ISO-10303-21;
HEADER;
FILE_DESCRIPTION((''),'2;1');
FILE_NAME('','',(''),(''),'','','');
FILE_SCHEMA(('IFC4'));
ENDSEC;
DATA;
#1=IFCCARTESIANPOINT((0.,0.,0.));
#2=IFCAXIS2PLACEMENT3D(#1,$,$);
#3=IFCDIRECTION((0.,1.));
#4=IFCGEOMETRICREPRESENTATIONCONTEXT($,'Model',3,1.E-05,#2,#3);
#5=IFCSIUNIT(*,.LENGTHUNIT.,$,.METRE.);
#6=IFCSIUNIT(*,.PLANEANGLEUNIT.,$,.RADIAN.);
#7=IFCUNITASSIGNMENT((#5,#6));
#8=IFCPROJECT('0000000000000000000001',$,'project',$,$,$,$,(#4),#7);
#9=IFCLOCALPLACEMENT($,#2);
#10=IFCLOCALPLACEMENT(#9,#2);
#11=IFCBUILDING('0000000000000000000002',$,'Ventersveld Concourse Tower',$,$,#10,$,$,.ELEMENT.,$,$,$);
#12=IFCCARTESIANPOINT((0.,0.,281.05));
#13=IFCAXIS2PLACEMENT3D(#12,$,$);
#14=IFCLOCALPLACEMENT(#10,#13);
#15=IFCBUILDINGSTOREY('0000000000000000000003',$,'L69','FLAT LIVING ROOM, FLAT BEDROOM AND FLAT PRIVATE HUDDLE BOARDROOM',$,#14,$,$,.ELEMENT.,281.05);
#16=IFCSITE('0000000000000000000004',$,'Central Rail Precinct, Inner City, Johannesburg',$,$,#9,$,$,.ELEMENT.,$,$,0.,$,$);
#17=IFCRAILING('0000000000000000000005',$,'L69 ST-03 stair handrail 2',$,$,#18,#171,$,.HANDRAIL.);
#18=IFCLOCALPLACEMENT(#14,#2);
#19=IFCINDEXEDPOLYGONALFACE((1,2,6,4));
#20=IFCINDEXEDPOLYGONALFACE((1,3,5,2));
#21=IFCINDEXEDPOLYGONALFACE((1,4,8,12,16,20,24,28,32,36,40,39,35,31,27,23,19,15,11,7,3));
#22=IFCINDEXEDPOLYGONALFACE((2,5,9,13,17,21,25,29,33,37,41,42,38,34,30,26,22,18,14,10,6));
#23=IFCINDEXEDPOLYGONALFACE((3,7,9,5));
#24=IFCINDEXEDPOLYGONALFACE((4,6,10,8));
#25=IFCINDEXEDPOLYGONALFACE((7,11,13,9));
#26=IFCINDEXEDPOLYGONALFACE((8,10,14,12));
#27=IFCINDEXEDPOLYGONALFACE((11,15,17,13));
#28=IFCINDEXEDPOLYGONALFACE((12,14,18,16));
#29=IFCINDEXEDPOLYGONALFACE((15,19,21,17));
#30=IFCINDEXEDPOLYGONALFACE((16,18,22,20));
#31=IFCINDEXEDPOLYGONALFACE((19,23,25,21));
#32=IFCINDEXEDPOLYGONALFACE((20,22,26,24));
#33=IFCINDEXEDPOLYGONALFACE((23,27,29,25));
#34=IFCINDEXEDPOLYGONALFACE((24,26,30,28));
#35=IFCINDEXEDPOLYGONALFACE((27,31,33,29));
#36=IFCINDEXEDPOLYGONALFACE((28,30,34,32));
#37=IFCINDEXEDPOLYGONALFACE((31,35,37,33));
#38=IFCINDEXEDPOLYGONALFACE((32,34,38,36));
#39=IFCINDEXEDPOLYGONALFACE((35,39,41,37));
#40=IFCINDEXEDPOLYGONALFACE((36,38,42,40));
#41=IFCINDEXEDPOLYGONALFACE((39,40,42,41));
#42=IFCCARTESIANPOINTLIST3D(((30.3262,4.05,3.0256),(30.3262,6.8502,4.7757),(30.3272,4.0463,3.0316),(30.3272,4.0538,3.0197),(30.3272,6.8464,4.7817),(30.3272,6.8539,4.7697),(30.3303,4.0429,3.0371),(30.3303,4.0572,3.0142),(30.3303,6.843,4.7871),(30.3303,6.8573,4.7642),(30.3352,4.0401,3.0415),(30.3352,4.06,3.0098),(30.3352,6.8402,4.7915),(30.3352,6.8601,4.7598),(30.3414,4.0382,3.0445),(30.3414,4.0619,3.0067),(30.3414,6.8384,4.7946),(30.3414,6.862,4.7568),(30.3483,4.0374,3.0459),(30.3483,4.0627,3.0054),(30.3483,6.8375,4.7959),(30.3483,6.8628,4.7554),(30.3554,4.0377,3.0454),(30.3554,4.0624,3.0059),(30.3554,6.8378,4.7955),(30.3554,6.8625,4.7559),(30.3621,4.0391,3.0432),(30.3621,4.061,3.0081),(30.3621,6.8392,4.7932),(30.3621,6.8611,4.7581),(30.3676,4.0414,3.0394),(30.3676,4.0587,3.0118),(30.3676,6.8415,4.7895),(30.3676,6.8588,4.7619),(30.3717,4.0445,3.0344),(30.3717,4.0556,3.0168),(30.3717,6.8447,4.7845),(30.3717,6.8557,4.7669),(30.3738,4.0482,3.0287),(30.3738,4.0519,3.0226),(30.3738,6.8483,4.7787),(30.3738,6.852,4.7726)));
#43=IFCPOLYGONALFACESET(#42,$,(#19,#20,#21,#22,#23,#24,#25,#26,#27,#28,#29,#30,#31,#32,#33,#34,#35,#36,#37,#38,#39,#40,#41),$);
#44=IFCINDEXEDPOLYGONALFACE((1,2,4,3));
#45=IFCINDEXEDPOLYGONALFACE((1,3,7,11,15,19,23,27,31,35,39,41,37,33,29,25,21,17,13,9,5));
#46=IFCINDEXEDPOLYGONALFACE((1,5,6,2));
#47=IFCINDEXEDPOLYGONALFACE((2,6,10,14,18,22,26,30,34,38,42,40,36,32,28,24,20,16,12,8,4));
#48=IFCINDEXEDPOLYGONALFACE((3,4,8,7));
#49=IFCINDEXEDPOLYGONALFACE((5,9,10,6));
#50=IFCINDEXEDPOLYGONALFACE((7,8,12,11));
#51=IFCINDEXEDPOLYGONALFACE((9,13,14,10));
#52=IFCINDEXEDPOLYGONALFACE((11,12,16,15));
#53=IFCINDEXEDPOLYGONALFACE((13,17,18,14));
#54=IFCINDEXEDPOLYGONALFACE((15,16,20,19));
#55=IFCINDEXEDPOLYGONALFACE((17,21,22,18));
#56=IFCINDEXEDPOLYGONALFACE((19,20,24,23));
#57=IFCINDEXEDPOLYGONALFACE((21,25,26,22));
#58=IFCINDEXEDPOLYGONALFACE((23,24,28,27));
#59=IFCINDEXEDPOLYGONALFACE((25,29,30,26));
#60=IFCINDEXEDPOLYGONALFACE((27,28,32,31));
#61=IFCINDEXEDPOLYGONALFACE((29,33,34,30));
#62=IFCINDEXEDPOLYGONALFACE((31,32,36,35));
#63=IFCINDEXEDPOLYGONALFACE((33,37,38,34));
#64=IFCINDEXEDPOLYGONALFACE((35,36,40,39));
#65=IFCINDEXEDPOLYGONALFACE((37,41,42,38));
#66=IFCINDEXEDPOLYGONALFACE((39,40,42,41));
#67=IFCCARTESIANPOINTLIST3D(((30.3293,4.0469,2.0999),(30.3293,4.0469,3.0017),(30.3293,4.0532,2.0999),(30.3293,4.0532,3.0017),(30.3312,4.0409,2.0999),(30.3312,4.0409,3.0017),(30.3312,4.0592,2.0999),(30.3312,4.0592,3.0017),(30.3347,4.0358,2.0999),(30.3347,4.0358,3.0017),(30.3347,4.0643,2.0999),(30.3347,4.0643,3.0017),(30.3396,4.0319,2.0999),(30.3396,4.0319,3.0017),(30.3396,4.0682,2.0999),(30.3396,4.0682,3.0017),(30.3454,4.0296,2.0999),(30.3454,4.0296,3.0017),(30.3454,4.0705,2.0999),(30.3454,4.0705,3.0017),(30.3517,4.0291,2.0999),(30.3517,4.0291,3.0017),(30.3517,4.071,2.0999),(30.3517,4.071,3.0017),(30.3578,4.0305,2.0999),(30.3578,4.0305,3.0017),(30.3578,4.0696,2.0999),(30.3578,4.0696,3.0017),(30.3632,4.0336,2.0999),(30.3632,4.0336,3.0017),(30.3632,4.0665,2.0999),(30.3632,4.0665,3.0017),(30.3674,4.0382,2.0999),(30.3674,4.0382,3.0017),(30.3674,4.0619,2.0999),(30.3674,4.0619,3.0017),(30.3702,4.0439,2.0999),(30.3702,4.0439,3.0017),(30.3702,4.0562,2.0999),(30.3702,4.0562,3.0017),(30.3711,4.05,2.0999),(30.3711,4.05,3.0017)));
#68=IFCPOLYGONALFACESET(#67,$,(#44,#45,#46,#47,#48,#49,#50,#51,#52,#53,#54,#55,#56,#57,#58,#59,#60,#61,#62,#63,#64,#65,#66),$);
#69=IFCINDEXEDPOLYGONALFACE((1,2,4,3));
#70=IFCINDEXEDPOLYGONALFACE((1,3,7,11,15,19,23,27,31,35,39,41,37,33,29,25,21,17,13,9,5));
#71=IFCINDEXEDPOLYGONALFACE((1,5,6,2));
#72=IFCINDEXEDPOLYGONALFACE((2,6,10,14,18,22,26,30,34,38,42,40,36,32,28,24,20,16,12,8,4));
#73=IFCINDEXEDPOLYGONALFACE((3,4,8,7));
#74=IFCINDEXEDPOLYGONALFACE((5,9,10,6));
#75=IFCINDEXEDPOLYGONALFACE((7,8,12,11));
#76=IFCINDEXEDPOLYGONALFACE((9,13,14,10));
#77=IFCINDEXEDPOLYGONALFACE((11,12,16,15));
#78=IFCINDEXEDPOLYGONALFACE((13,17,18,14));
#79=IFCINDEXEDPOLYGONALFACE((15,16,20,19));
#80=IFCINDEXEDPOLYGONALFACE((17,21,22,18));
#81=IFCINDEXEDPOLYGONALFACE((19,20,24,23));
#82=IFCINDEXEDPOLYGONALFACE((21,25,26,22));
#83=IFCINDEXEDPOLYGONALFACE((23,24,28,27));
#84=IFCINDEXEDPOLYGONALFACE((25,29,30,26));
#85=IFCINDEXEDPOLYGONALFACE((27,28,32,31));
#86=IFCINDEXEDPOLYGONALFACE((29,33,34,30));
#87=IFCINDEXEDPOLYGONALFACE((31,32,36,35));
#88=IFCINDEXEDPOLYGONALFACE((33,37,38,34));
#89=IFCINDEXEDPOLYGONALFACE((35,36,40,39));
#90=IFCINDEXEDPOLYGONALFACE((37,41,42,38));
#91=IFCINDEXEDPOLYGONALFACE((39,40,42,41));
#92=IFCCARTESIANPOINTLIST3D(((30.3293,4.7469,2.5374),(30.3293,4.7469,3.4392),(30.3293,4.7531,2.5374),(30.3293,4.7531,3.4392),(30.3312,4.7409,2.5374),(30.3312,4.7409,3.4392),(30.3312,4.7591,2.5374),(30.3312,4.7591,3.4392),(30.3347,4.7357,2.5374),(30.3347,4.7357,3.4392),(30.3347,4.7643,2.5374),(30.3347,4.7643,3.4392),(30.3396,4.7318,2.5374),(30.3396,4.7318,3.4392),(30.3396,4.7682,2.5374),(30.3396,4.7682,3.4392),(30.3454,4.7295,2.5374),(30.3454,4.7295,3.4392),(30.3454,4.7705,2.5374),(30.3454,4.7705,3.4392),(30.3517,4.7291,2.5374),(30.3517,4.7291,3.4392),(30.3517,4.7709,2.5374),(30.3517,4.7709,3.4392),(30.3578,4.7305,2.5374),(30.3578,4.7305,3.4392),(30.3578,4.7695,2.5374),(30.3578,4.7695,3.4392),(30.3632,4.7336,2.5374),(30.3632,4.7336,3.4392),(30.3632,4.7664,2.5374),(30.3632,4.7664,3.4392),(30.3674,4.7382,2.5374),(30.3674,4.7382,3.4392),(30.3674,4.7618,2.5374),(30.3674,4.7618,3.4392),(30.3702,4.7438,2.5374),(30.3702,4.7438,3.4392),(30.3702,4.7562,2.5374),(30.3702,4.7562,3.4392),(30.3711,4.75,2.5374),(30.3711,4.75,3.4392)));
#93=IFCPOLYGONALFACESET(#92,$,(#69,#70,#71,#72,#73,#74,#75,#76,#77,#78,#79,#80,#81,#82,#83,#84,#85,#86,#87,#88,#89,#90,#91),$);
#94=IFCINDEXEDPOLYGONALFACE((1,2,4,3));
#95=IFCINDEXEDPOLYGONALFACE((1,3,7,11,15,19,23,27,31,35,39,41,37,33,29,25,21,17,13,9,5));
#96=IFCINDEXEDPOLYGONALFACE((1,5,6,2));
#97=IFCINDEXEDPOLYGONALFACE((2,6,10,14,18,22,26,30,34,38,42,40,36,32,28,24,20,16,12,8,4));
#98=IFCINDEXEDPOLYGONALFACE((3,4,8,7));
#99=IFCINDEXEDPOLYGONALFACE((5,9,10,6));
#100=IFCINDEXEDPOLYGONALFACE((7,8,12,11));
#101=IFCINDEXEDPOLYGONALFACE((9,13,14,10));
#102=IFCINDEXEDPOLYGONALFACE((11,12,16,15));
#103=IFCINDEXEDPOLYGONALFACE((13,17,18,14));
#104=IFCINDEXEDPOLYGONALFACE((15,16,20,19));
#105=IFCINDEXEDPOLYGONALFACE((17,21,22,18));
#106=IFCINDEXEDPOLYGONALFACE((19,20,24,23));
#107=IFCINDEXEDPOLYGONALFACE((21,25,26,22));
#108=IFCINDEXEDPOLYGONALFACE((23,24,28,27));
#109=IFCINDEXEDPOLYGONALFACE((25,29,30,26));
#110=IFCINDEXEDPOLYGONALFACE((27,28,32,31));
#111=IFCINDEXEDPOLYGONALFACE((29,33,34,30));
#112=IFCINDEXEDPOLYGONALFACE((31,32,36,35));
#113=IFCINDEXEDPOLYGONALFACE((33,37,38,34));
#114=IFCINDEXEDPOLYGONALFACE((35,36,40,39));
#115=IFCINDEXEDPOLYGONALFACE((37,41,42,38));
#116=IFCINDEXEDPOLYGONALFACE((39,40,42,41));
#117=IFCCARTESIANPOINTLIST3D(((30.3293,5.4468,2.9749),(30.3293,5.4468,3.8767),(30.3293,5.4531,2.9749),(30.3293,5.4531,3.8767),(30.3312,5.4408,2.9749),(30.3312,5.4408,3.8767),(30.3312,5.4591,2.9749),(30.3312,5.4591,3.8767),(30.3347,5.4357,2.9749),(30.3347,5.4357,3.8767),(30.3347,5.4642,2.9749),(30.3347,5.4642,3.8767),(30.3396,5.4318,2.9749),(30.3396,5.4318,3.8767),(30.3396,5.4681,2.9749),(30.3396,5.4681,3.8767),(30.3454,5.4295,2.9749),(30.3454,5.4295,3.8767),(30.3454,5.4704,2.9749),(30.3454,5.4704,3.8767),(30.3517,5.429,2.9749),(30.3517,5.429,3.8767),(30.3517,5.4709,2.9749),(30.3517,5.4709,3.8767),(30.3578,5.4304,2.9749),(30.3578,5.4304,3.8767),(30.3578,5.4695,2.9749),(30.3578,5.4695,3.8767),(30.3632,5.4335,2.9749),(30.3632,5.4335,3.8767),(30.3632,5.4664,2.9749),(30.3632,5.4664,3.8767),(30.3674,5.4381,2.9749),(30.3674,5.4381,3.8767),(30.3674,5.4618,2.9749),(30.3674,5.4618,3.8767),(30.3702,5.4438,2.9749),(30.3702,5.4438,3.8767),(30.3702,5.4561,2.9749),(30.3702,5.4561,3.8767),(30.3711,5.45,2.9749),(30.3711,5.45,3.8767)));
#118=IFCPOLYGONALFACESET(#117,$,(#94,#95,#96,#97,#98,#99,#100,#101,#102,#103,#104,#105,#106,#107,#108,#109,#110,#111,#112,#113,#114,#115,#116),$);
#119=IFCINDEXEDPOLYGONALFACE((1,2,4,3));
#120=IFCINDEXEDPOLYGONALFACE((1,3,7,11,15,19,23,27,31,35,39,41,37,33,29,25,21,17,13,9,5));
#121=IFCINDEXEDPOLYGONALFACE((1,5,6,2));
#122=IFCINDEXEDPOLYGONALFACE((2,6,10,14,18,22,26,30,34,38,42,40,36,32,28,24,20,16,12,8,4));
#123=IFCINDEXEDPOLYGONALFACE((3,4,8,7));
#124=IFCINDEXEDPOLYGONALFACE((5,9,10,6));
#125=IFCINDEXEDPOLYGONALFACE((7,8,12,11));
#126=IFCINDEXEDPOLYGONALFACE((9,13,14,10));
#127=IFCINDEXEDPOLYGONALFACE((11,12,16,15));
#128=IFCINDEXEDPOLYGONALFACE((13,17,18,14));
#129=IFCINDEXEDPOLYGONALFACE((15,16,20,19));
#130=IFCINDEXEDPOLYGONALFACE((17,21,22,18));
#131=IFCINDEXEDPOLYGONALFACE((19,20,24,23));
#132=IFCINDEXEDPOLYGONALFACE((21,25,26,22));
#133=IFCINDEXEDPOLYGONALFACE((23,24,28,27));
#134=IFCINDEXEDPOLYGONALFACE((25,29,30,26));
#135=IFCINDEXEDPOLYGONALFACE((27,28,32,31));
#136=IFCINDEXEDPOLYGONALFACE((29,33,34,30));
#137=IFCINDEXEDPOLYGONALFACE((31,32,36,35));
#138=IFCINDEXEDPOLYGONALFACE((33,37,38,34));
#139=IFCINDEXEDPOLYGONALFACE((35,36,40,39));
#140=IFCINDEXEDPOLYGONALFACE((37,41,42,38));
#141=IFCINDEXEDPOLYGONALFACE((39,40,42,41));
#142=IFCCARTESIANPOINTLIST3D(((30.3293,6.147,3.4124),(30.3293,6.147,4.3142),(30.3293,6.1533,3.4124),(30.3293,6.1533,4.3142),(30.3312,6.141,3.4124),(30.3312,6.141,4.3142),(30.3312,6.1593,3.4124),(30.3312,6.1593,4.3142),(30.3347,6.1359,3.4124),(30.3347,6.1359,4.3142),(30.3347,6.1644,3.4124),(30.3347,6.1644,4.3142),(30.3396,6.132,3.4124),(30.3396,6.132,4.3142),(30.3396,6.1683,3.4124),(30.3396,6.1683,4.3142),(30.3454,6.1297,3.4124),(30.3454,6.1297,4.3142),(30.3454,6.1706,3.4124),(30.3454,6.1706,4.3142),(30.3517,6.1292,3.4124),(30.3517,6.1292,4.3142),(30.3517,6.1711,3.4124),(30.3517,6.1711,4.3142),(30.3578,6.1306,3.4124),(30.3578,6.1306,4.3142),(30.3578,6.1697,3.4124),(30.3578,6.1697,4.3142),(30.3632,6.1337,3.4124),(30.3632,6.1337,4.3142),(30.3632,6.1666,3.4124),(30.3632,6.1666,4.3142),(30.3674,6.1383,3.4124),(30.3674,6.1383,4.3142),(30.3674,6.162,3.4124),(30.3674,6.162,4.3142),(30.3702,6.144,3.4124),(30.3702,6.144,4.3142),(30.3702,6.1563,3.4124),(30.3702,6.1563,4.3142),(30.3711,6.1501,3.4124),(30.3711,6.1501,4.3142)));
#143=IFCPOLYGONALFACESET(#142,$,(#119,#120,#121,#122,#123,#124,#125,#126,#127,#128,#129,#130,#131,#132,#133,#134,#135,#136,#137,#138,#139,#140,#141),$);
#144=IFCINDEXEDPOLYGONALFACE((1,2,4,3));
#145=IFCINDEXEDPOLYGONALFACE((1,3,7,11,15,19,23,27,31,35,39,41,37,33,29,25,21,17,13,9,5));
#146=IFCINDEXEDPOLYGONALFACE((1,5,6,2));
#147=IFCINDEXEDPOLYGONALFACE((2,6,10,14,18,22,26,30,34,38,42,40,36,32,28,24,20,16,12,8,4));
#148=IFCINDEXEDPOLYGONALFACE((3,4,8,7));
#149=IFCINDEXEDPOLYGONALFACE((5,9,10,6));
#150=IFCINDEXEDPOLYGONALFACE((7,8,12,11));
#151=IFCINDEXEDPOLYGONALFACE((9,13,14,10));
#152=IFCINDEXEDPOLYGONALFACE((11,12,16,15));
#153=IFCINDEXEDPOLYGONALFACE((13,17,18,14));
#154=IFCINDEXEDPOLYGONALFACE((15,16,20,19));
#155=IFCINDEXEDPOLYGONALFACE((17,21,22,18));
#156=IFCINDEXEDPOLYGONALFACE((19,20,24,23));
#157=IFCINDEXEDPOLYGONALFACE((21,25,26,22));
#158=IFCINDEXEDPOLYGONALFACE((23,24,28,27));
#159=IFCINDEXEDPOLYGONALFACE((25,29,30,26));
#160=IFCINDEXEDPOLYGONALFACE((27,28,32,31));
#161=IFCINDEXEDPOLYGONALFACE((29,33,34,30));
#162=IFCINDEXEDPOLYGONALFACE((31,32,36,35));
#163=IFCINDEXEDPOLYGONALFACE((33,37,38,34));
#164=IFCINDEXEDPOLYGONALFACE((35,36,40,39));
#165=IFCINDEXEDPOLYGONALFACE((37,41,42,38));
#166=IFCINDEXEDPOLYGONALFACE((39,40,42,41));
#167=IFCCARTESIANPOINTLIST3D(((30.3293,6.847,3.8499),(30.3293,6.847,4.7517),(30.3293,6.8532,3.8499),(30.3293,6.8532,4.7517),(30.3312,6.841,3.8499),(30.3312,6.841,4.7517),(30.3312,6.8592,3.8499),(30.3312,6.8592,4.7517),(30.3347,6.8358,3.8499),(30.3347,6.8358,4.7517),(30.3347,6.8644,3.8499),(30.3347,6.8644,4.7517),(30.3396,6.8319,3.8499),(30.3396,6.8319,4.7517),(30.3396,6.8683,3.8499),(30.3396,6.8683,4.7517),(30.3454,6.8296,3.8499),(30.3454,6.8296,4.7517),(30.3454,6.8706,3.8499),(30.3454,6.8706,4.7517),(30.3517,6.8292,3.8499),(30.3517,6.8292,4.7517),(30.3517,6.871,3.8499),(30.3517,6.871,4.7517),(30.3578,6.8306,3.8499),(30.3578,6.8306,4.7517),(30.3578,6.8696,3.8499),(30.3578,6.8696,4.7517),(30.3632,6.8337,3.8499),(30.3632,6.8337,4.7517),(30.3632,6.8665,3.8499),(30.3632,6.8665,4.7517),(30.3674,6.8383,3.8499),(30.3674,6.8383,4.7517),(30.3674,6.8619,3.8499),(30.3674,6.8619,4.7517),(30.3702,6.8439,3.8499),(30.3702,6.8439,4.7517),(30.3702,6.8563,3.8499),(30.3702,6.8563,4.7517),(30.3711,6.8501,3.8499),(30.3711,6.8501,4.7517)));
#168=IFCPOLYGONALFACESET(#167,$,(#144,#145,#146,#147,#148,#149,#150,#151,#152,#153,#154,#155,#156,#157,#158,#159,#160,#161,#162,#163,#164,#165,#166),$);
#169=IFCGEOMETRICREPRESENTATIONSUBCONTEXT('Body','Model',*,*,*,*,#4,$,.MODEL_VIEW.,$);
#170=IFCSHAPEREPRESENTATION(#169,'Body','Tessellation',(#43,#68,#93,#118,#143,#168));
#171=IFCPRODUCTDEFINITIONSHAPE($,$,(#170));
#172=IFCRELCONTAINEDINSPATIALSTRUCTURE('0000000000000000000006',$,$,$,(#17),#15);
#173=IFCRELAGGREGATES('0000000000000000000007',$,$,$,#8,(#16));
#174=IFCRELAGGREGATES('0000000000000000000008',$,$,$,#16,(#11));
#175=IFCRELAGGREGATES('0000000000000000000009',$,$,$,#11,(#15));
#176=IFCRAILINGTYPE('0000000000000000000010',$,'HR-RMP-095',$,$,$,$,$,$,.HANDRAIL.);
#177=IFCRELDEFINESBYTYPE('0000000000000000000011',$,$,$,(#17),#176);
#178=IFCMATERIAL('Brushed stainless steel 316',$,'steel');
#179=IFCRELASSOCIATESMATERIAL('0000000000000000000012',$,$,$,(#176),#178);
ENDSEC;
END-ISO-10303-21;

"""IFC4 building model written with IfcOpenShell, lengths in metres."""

from ifc_helpers import new_model, si_unit, direction, frame, origin, origin_2d, place, context, subcontext, project, spatial, circle, extrude, material, type_object, element, save


model = new_model("IFC4")

# Units and contexts
model_context = context("Model", 3, precision=1e-05, world=origin(), true_north=direction((0.0, 1.0)))
body_context = subcontext(model_context, "Body", "Model", "MODEL_VIEW")
ifc_project = project(units=[si_unit("LENGTHUNIT", "METRE"), si_unit("PLANEANGLEUNIT", "RADIAN")], contexts=[model_context])

# Site, building, storey
site_placement = place(None, origin())
site = spatial("IfcSite", under=ifc_project, at=site_placement, Name="Central Rail Precinct, Inner City, Johannesburg", CompositionType="ELEMENT", RefElevation=0.0)
building_placement = place(site_placement, origin())
building = spatial("IfcBuilding", under=site, at=building_placement, Name="Ventersveld Concourse Tower", CompositionType="ELEMENT")
storey_placement = place(building_placement, frame((0.0, 0.0, 281.05)))
storey = spatial("IfcBuildingStorey", under=building, at=storey_placement, Name="L69", Description="FLAT LIVING ROOM, FLAT BEDROOM AND FLAT PRIVATE HUDDLE BOARDROOM", CompositionType="ELEMENT", Elevation=281.05)

# Shared definitions
ifc_material_1 = material(Name="Brushed stainless steel 316", Category="steel")

# Railing
railing_type_1 = type_object("IfcRailingType", Name="HR-RMP-095", PredefinedType="HANDRAIL", material=ifc_material_1)
railing_1_placement = place(storey_placement, frame((30.3501, 4.05, 2.0999)))
element("IfcRailing", 1, at=railing_1_placement, inside=storey, type_object=railing_type_1, Name="L69 ST-03 stair handrail 2", PredefinedType="HANDRAIL", context=body_context, shape_type="SweptSolid", body=[
    extrude(circle(Radius=0.0239, at=origin_2d()), frame((0.0, 0.0, 0.9258), z_axis=(0.0, 0.848002, 0.529992), x_axis=(-1.0, 0.0, 0.0)), (0.0, 0.0, 1.0), 3.302),
    extrude(circle(Radius=0.021, at=origin_2d()), origin(), (0.0, 0.0, 1.0), 0.9019),
    extrude(circle(Radius=0.021, at=origin_2d()), frame((0.0, 0.7, 0.4375)), (0.0, 0.0, 1.0), 0.9019),
    extrude(circle(Radius=0.021, at=origin_2d()), frame((0.0, 1.3999, 0.875)), (0.0, 0.0, 1.0), 0.9019),
    extrude(circle(Radius=0.021, at=origin_2d()), frame((0.0, 2.1001, 1.3125)), (0.0, 0.0, 1.0), 0.9019),
    extrude(circle(Radius=0.021, at=origin_2d()), frame((0.0, 2.8, 1.75)), (0.0, 0.0, 1.0), 0.9019),
])

save(model, "model.ifc")
